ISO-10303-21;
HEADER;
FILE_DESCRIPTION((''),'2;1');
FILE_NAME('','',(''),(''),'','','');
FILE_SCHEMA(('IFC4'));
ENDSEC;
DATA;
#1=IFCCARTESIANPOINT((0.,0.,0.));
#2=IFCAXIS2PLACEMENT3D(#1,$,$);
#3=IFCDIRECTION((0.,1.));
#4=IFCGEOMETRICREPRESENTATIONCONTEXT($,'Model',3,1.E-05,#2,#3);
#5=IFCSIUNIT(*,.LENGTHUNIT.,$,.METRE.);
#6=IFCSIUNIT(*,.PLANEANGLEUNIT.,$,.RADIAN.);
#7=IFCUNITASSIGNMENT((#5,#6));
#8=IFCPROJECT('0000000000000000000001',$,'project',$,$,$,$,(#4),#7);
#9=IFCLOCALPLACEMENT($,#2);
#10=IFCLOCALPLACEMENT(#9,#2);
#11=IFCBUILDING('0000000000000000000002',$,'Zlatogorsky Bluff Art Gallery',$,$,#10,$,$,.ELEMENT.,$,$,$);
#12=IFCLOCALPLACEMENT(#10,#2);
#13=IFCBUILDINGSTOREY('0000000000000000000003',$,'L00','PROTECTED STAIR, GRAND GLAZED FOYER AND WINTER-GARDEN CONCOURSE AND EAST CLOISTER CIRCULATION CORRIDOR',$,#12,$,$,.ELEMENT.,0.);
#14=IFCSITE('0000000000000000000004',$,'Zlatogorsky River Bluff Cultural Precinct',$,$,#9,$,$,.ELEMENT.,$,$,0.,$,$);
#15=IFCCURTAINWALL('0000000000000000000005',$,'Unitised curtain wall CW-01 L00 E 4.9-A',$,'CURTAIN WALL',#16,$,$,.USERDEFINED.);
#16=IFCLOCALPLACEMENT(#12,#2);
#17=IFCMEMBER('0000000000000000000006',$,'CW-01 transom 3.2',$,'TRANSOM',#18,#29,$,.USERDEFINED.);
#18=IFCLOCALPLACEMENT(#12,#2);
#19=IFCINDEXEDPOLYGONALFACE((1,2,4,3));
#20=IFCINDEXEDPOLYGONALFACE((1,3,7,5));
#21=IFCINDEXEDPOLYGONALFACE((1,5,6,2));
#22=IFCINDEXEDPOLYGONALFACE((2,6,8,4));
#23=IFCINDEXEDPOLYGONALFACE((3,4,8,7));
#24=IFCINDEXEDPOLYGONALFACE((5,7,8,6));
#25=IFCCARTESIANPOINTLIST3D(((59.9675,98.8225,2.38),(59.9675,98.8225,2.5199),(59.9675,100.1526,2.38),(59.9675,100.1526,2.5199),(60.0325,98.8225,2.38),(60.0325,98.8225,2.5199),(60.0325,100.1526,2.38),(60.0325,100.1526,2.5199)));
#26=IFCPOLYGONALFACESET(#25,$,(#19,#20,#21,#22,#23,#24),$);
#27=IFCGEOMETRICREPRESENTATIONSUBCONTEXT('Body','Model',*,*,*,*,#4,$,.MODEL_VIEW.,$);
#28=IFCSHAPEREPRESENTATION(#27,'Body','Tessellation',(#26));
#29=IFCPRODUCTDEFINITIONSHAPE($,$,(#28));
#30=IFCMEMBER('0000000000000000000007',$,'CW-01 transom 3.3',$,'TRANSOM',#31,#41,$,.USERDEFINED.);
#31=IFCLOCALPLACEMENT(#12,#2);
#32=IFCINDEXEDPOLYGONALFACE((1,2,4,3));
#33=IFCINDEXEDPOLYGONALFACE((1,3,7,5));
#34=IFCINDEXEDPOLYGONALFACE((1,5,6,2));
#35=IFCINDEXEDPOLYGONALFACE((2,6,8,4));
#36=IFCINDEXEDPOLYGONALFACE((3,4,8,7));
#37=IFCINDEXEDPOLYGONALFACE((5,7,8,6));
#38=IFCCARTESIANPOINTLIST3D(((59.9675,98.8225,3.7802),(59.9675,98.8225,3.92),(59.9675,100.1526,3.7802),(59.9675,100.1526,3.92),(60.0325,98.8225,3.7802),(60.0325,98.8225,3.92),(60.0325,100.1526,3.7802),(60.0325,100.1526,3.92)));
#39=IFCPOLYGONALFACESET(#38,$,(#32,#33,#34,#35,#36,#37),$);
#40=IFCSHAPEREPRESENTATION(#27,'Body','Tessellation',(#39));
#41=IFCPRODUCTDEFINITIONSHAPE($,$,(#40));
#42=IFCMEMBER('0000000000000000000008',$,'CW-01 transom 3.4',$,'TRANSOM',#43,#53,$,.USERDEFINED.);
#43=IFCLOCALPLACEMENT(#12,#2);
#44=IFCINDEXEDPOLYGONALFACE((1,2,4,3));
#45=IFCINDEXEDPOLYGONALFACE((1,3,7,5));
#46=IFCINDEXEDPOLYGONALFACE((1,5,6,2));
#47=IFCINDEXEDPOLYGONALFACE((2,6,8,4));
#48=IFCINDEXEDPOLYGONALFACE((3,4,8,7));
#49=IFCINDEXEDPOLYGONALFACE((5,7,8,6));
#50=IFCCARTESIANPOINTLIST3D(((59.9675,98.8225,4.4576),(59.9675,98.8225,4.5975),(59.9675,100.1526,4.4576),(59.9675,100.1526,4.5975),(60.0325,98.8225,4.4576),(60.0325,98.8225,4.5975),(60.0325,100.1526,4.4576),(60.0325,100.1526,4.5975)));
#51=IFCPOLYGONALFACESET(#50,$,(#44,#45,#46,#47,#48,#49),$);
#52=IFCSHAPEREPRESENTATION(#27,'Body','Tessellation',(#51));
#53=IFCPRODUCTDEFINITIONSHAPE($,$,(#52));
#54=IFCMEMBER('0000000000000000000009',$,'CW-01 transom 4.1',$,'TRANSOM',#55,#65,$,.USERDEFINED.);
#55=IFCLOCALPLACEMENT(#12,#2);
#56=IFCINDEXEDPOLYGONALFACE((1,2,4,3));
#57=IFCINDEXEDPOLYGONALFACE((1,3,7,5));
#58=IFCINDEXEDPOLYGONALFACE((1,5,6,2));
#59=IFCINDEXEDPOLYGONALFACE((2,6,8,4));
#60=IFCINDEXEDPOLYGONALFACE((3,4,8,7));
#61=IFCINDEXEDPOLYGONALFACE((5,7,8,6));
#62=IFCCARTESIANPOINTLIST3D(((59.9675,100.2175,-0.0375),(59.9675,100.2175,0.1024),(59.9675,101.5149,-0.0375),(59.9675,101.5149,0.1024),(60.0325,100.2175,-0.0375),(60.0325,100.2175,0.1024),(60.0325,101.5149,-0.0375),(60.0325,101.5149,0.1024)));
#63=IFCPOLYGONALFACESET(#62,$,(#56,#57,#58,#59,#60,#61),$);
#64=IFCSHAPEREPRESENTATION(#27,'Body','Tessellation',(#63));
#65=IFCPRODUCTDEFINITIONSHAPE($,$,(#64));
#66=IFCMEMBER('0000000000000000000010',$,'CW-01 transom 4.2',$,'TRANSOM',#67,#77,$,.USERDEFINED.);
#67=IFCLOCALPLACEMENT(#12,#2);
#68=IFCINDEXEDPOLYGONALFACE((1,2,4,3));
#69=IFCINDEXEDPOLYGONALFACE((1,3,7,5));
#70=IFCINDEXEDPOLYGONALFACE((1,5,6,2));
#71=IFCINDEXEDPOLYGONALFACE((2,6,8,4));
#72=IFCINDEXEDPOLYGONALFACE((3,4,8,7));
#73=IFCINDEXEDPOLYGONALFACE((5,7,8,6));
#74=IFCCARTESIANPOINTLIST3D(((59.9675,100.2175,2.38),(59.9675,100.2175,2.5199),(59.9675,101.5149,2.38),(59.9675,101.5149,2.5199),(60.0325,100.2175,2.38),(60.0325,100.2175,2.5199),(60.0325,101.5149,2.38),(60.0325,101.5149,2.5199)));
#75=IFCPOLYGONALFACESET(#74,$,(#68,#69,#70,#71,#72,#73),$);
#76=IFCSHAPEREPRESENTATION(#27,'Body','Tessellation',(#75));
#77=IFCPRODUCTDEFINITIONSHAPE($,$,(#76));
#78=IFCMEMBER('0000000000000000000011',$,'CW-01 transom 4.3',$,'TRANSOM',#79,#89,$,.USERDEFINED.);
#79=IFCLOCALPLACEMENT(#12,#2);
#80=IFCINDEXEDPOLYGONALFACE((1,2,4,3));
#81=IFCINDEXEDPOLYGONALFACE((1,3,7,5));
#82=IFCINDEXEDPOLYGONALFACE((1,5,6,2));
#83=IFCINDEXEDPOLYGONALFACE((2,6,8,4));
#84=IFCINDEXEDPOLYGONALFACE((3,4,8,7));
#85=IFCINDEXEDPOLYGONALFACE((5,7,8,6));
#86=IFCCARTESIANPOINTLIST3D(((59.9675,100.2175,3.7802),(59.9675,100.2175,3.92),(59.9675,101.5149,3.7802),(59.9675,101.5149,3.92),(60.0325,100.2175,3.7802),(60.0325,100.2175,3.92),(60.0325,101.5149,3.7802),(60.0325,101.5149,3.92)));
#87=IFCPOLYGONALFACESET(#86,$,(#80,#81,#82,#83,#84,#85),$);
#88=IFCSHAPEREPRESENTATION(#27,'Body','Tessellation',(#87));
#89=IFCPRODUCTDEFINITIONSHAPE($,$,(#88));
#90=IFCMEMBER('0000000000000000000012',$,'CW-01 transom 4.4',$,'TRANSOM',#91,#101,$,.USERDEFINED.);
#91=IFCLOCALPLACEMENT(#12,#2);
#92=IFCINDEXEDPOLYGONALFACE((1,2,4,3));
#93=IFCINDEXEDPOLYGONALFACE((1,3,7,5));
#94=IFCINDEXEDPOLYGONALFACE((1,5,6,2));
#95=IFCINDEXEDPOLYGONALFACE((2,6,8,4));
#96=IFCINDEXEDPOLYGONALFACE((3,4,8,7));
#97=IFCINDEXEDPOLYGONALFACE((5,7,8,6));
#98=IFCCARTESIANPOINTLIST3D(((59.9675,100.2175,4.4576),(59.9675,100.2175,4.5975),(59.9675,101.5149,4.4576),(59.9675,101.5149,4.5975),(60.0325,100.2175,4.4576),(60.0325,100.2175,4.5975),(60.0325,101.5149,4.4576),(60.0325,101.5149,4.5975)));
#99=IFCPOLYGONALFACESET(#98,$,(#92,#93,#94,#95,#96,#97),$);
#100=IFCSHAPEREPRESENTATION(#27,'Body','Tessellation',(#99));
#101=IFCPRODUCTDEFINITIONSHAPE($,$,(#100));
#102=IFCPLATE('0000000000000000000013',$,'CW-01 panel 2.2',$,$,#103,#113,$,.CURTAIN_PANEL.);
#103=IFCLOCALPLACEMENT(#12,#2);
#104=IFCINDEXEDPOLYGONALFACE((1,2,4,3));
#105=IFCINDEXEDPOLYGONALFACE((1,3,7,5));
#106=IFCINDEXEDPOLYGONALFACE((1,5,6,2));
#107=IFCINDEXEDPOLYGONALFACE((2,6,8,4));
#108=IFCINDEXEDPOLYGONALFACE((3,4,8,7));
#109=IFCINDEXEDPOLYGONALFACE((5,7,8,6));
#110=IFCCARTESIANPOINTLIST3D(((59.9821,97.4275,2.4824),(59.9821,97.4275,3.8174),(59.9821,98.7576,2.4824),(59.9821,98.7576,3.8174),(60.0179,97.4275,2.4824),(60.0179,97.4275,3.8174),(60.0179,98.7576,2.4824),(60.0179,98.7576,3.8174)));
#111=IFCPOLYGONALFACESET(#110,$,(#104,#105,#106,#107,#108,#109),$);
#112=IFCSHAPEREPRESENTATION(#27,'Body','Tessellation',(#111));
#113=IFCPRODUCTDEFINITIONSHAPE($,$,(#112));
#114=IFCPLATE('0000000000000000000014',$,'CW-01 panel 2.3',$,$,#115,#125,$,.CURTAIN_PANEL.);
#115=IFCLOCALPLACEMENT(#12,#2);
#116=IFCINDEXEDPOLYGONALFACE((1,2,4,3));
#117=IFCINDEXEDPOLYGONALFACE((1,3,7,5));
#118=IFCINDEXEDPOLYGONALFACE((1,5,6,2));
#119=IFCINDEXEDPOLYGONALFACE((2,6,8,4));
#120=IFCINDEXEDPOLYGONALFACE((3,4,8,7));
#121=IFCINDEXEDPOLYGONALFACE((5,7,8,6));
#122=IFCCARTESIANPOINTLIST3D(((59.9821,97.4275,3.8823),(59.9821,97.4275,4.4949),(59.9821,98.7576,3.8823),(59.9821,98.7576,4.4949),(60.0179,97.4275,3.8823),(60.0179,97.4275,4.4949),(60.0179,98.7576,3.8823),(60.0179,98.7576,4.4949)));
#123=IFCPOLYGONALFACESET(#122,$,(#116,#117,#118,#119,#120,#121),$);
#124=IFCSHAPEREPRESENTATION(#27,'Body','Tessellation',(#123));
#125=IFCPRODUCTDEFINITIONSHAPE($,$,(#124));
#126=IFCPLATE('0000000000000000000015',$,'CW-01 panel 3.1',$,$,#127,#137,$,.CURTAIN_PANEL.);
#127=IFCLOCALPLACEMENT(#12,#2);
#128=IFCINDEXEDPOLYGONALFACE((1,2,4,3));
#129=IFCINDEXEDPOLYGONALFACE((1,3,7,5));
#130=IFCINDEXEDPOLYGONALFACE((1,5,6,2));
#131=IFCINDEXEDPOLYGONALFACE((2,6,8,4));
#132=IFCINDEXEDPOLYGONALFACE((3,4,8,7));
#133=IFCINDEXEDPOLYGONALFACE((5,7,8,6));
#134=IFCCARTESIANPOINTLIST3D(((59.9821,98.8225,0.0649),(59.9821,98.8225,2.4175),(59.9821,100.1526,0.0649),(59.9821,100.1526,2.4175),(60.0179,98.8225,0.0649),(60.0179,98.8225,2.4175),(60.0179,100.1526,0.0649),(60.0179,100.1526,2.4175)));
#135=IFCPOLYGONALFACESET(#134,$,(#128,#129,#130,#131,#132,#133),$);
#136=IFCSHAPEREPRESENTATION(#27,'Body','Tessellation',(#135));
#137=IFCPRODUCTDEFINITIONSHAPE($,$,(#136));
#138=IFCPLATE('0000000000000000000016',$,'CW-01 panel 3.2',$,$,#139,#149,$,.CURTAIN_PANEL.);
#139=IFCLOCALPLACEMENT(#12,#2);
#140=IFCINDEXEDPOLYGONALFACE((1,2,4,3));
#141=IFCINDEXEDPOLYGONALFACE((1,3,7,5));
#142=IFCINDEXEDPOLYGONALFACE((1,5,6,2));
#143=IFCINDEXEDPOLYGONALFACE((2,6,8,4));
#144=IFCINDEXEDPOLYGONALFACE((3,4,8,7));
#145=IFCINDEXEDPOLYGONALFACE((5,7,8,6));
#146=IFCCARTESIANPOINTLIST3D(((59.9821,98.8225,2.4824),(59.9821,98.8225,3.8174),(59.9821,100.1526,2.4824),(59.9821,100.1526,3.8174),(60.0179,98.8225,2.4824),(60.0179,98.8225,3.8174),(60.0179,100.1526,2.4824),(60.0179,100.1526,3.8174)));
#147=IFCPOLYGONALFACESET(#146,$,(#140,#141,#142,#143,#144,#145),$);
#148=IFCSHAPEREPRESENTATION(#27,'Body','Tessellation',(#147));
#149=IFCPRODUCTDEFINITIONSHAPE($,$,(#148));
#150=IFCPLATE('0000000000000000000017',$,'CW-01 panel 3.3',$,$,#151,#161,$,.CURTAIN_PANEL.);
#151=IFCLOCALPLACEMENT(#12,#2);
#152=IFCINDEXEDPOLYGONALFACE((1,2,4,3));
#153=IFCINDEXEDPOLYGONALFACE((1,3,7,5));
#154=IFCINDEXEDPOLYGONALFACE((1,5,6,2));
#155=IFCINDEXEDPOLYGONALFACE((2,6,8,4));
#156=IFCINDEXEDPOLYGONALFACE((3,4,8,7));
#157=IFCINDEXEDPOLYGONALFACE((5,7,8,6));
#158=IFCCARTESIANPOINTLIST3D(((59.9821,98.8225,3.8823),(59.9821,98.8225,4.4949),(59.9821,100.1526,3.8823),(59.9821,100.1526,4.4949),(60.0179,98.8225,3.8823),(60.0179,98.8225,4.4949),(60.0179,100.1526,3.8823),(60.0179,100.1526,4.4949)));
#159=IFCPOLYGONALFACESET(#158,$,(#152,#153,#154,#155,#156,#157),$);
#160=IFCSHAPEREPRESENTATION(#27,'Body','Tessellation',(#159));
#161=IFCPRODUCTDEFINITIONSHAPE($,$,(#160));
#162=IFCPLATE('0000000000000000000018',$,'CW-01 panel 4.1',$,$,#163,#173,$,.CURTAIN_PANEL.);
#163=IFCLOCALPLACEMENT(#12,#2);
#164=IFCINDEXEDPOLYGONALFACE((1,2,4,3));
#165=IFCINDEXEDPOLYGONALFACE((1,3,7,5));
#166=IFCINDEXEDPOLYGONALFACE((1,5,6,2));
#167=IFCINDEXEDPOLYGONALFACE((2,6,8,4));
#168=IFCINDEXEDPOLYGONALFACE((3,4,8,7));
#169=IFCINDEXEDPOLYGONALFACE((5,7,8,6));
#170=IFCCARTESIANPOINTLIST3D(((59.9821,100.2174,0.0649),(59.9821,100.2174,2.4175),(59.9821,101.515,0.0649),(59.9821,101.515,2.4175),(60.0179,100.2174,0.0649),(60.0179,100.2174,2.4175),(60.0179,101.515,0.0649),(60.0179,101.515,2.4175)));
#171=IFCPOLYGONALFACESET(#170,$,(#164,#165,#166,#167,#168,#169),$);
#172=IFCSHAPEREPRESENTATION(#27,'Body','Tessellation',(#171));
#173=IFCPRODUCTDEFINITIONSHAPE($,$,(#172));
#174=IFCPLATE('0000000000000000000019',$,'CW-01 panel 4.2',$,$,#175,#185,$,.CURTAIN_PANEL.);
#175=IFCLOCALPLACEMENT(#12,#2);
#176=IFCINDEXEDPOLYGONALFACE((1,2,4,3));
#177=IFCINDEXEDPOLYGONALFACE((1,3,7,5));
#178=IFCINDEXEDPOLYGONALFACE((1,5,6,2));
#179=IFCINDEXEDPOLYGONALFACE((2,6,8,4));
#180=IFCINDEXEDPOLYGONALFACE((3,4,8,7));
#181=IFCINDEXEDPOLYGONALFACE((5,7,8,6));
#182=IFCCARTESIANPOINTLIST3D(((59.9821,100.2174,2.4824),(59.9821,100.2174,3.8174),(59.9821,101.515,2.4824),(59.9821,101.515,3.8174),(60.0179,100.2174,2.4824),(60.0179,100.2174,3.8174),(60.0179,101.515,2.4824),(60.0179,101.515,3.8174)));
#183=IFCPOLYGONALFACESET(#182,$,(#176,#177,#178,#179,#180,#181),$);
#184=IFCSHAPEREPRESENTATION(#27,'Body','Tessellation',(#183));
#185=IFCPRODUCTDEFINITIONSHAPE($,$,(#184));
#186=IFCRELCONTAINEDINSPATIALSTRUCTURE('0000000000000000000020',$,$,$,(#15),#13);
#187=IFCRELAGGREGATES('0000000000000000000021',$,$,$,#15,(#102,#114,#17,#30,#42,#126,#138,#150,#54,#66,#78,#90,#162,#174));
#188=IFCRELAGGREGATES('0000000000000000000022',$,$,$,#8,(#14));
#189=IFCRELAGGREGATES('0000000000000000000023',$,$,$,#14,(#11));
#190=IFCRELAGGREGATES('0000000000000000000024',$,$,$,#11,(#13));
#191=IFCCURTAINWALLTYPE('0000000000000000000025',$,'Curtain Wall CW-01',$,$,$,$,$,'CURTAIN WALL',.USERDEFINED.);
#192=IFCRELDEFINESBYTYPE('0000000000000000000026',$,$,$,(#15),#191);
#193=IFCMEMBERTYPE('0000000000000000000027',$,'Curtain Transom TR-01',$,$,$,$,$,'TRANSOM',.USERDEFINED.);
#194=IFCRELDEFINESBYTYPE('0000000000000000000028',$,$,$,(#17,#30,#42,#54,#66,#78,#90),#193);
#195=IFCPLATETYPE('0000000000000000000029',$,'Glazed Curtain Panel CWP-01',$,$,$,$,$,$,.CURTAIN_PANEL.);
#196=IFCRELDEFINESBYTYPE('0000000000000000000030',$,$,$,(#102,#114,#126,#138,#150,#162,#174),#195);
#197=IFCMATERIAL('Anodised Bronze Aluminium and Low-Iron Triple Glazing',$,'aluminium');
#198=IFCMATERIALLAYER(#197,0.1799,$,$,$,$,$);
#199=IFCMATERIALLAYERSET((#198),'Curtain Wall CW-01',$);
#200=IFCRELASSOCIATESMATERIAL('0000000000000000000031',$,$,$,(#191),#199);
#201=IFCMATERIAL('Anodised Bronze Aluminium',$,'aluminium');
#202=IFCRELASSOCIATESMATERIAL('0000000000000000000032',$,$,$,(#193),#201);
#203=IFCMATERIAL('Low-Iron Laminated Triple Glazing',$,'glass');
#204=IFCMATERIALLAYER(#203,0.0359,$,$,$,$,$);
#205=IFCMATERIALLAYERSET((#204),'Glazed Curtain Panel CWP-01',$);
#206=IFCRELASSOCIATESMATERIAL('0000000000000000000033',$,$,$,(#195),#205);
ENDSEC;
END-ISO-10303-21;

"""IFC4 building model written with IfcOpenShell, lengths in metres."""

from ifc_helpers import new_model, si_unit, direction, frame, origin, origin_2d, place, context, subcontext, project, spatial, rectangle, extrude, material, layer, layer_set, material_profile, profile_set, type_object, element, aggregate, save


model = new_model("IFC4")

# Units and contexts
model_context = context("Model", 3, precision=1e-05, world=origin(), true_north=direction((0.0, 1.0)))
body_context = subcontext(model_context, "Body", "Model", "MODEL_VIEW")
ifc_project = project(units=[si_unit("LENGTHUNIT", "METRE"), si_unit("PLANEANGLEUNIT", "RADIAN")], contexts=[model_context])

# Site, building, storey
site_placement = place(None, origin())
site = spatial("IfcSite", under=ifc_project, at=site_placement, Name="Zlatogorsky River Bluff Cultural Precinct", CompositionType="ELEMENT", RefElevation=0.0)
building_placement = place(site_placement, origin())
building = spatial("IfcBuilding", under=site, at=building_placement, Name="Zlatogorsky Bluff Art Gallery", CompositionType="ELEMENT")
storey_placement = place(building_placement, origin())
storey = spatial("IfcBuildingStorey", under=building, at=storey_placement, Name="L00", Description="PROTECTED STAIR, GRAND GLAZED FOYER AND WINTER-GARDEN CONCOURSE AND EAST CLOISTER CIRCULATION CORRIDOR", CompositionType="ELEMENT", Elevation=0.0)

# Curtain wall, members, plates
ifc_material_1 = material(Name="Anodised Bronze Aluminium and Low-Iron Triple Glazing", Category="aluminium")
ifc_layer_1 = layer(ifc_material_1, 0.1799)
ifc_layer_set_1 = layer_set([ifc_layer_1], Name="Curtain Wall CW-01")
curtain_wall_type = type_object("IfcCurtainWallType", Name="Curtain Wall CW-01", ElementType="CURTAIN WALL", PredefinedType="USERDEFINED", material=ifc_layer_set_1)
curtain_wall_placement = place(storey_placement, origin())
curtain_wall = element("IfcCurtainWall", 1, at=curtain_wall_placement, inside=storey, type_object=curtain_wall_type, Name="Unitised curtain wall CW-01 L00 E 4.9-A", ObjectType="CURTAIN WALL", PredefinedType="USERDEFINED")
ifc_material_2 = material(Name="Anodised Bronze Aluminium", Category="aluminium")
ifc_material_profile_1 = material_profile(ifc_material_2, rectangle(XDim=0.0649, YDim=0.1399, at=origin_2d()), Name="ALU TRANSOM 65x140")
ifc_profile_set_1 = profile_set([ifc_material_profile_1], Name="Anodised Bronze Aluminium")
member_type_1 = type_object("IfcMemberType", Name="Curtain Transom TR-01", ElementType="TRANSOM", PredefinedType="USERDEFINED", material=ifc_profile_set_1)
member_1_placement = place(storey_placement, frame((60.0, 98.8225, 2.45), z_axis=(0.0, 1.0, 0.0), x_axis=(-1.0, 0.0, 0.0)))
member_1 = element("IfcMember", 2, at=member_1_placement, type_object=member_type_1, Name="CW-01 transom 3.2", ObjectType="TRANSOM", PredefinedType="USERDEFINED", context=body_context, shape_type="SweptSolid", body=[
    extrude(rectangle(XDim=0.0649, YDim=0.1399, at=origin_2d()), origin(), (0.0, 0.0, 1.0), 1.3301),
])
member_2_placement = place(storey_placement, frame((60.0, 98.8225, 3.8501), z_axis=(0.0, 1.0, 0.0), x_axis=(-1.0, 0.0, 0.0)))
member_2 = element("IfcMember", 3, at=member_2_placement, type_object=member_type_1, Name="CW-01 transom 3.3", ObjectType="TRANSOM", PredefinedType="USERDEFINED", context=body_context, shape_type="SweptSolid", body=[
    extrude(rectangle(XDim=0.0649, YDim=0.1399, at=origin_2d()), origin(), (0.0, 0.0, 1.0), 1.3301),
])
member_3_placement = place(storey_placement, frame((60.0, 98.8225, 4.5276), z_axis=(0.0, 1.0, 0.0), x_axis=(-1.0, 0.0, 0.0)))
member_3 = element("IfcMember", 4, at=member_3_placement, type_object=member_type_1, Name="CW-01 transom 3.4", ObjectType="TRANSOM", PredefinedType="USERDEFINED", context=body_context, shape_type="SweptSolid", body=[
    extrude(rectangle(XDim=0.0649, YDim=0.1399, at=origin_2d()), origin(), (0.0, 0.0, 1.0), 1.3301),
])
member_4_placement = place(storey_placement, frame((60.0, 100.2175, 0.0325), z_axis=(0.0, 1.0, 0.0), x_axis=(-1.0, 0.0, 0.0)))
member_4 = element("IfcMember", 5, at=member_4_placement, type_object=member_type_1, Name="CW-01 transom 4.1", ObjectType="TRANSOM", PredefinedType="USERDEFINED", context=body_context, shape_type="SweptSolid", body=[
    extrude(rectangle(XDim=0.0649, YDim=0.1399, at=origin_2d()), origin(), (0.0, 0.0, 1.0), 1.2974),
])
member_5_placement = place(storey_placement, frame((60.0, 100.2175, 2.45), z_axis=(0.0, 1.0, 0.0), x_axis=(-1.0, 0.0, 0.0)))
member_5 = element("IfcMember", 6, at=member_5_placement, type_object=member_type_1, Name="CW-01 transom 4.2", ObjectType="TRANSOM", PredefinedType="USERDEFINED", context=body_context, shape_type="SweptSolid", body=[
    extrude(rectangle(XDim=0.0649, YDim=0.1399, at=origin_2d()), origin(), (0.0, 0.0, 1.0), 1.2974),
])
member_6_placement = place(storey_placement, frame((60.0, 100.2175, 3.8501), z_axis=(0.0, 1.0, 0.0), x_axis=(-1.0, 0.0, 0.0)))
member_6 = element("IfcMember", 7, at=member_6_placement, type_object=member_type_1, Name="CW-01 transom 4.3", ObjectType="TRANSOM", PredefinedType="USERDEFINED", context=body_context, shape_type="SweptSolid", body=[
    extrude(rectangle(XDim=0.0649, YDim=0.1399, at=origin_2d()), origin(), (0.0, 0.0, 1.0), 1.2974),
])
member_7_placement = place(storey_placement, frame((60.0, 100.2175, 4.5276), z_axis=(0.0, 1.0, 0.0), x_axis=(-1.0, 0.0, 0.0)))
member_7 = element("IfcMember", 8, at=member_7_placement, type_object=member_type_1, Name="CW-01 transom 4.4", ObjectType="TRANSOM", PredefinedType="USERDEFINED", context=body_context, shape_type="SweptSolid", body=[
    extrude(rectangle(XDim=0.0649, YDim=0.1399, at=origin_2d()), origin(), (0.0, 0.0, 1.0), 1.2974),
])
ifc_material_3 = material(Name="Low-Iron Laminated Triple Glazing", Category="glass")
ifc_layer_2 = layer(ifc_material_3, 0.0359)
ifc_layer_set_2 = layer_set([ifc_layer_2], Name="Glazed Curtain Panel CWP-01")
plate_type = type_object("IfcPlateType", Name="Glazed Curtain Panel CWP-01", PredefinedType="CURTAIN_PANEL", material=ifc_layer_set_2)
plate_1_placement = place(storey_placement, frame((60.0, 98.0925, 2.4824), z_axis=(0.0, 0.0, 1.0), x_axis=(0.0, 1.0, 0.0)))
plate_1 = element("IfcPlate", 9, at=plate_1_placement, type_object=plate_type, Name="CW-01 panel 2.2", PredefinedType="CURTAIN_PANEL", context=body_context, shape_type="SweptSolid", body=[
    extrude(rectangle(XDim=1.3301, YDim=0.0359, at=origin_2d()), origin(), (0.0, 0.0, 1.0), 1.335),
])
plate_2_placement = place(storey_placement, frame((60.0, 98.0925, 3.8823), z_axis=(0.0, 0.0, 1.0), x_axis=(0.0, 1.0, 0.0)))
plate_2 = element("IfcPlate", 10, at=plate_2_placement, type_object=plate_type, Name="CW-01 panel 2.3", PredefinedType="CURTAIN_PANEL", context=body_context, shape_type="SweptSolid", body=[
    extrude(rectangle(XDim=1.3301, YDim=0.0359, at=origin_2d()), origin(), (0.0, 0.0, 1.0), 0.6125),
])
plate_3_placement = place(storey_placement, frame((60.0, 99.4875, 0.0649), z_axis=(0.0, 0.0, 1.0), x_axis=(0.0, 1.0, 0.0)))
plate_3 = element("IfcPlate", 11, at=plate_3_placement, type_object=plate_type, Name="CW-01 panel 3.1", PredefinedType="CURTAIN_PANEL", context=body_context, shape_type="SweptSolid", body=[
    extrude(rectangle(XDim=1.3301, YDim=0.0359, at=origin_2d()), origin(), (0.0, 0.0, 1.0), 2.3525),
])
plate_4_placement = place(storey_placement, frame((60.0, 99.4875, 2.4824), z_axis=(0.0, 0.0, 1.0), x_axis=(0.0, 1.0, 0.0)))
plate_4 = element("IfcPlate", 12, at=plate_4_placement, type_object=plate_type, Name="CW-01 panel 3.2", PredefinedType="CURTAIN_PANEL", context=body_context, shape_type="SweptSolid", body=[
    extrude(rectangle(XDim=1.3301, YDim=0.0359, at=origin_2d()), origin(), (0.0, 0.0, 1.0), 1.335),
])
plate_5_placement = place(storey_placement, frame((60.0, 99.4875, 3.8823), z_axis=(0.0, 0.0, 1.0), x_axis=(0.0, 1.0, 0.0)))
plate_5 = element("IfcPlate", 13, at=plate_5_placement, type_object=plate_type, Name="CW-01 panel 3.3", PredefinedType="CURTAIN_PANEL", context=body_context, shape_type="SweptSolid", body=[
    extrude(rectangle(XDim=1.3301, YDim=0.0359, at=origin_2d()), origin(), (0.0, 0.0, 1.0), 0.6125),
])
plate_6_placement = place(storey_placement, frame((60.0, 100.8662, 0.0649), z_axis=(0.0, 0.0, 1.0), x_axis=(0.0, 1.0, 0.0)))
plate_6 = element("IfcPlate", 14, at=plate_6_placement, type_object=plate_type, Name="CW-01 panel 4.1", PredefinedType="CURTAIN_PANEL", context=body_context, shape_type="SweptSolid", body=[
    extrude(rectangle(XDim=1.2976, YDim=0.0359, at=origin_2d()), origin(), (0.0, 0.0, 1.0), 2.3525),
])
plate_7_placement = place(storey_placement, frame((60.0, 100.8662, 2.4824), z_axis=(0.0, 0.0, 1.0), x_axis=(0.0, 1.0, 0.0)))
plate_7 = element("IfcPlate", 15, at=plate_7_placement, type_object=plate_type, Name="CW-01 panel 4.2", PredefinedType="CURTAIN_PANEL", context=body_context, shape_type="SweptSolid", body=[
    extrude(rectangle(XDim=1.2976, YDim=0.0359, at=origin_2d()), origin(), (0.0, 0.0, 1.0), 1.335),
])
aggregate(curtain_wall, [plate_1, plate_2, member_1, member_2, member_3, plate_3, plate_4, plate_5, member_4, member_5, member_6, member_7, plate_6, plate_7])

save(model, "model.ifc")
